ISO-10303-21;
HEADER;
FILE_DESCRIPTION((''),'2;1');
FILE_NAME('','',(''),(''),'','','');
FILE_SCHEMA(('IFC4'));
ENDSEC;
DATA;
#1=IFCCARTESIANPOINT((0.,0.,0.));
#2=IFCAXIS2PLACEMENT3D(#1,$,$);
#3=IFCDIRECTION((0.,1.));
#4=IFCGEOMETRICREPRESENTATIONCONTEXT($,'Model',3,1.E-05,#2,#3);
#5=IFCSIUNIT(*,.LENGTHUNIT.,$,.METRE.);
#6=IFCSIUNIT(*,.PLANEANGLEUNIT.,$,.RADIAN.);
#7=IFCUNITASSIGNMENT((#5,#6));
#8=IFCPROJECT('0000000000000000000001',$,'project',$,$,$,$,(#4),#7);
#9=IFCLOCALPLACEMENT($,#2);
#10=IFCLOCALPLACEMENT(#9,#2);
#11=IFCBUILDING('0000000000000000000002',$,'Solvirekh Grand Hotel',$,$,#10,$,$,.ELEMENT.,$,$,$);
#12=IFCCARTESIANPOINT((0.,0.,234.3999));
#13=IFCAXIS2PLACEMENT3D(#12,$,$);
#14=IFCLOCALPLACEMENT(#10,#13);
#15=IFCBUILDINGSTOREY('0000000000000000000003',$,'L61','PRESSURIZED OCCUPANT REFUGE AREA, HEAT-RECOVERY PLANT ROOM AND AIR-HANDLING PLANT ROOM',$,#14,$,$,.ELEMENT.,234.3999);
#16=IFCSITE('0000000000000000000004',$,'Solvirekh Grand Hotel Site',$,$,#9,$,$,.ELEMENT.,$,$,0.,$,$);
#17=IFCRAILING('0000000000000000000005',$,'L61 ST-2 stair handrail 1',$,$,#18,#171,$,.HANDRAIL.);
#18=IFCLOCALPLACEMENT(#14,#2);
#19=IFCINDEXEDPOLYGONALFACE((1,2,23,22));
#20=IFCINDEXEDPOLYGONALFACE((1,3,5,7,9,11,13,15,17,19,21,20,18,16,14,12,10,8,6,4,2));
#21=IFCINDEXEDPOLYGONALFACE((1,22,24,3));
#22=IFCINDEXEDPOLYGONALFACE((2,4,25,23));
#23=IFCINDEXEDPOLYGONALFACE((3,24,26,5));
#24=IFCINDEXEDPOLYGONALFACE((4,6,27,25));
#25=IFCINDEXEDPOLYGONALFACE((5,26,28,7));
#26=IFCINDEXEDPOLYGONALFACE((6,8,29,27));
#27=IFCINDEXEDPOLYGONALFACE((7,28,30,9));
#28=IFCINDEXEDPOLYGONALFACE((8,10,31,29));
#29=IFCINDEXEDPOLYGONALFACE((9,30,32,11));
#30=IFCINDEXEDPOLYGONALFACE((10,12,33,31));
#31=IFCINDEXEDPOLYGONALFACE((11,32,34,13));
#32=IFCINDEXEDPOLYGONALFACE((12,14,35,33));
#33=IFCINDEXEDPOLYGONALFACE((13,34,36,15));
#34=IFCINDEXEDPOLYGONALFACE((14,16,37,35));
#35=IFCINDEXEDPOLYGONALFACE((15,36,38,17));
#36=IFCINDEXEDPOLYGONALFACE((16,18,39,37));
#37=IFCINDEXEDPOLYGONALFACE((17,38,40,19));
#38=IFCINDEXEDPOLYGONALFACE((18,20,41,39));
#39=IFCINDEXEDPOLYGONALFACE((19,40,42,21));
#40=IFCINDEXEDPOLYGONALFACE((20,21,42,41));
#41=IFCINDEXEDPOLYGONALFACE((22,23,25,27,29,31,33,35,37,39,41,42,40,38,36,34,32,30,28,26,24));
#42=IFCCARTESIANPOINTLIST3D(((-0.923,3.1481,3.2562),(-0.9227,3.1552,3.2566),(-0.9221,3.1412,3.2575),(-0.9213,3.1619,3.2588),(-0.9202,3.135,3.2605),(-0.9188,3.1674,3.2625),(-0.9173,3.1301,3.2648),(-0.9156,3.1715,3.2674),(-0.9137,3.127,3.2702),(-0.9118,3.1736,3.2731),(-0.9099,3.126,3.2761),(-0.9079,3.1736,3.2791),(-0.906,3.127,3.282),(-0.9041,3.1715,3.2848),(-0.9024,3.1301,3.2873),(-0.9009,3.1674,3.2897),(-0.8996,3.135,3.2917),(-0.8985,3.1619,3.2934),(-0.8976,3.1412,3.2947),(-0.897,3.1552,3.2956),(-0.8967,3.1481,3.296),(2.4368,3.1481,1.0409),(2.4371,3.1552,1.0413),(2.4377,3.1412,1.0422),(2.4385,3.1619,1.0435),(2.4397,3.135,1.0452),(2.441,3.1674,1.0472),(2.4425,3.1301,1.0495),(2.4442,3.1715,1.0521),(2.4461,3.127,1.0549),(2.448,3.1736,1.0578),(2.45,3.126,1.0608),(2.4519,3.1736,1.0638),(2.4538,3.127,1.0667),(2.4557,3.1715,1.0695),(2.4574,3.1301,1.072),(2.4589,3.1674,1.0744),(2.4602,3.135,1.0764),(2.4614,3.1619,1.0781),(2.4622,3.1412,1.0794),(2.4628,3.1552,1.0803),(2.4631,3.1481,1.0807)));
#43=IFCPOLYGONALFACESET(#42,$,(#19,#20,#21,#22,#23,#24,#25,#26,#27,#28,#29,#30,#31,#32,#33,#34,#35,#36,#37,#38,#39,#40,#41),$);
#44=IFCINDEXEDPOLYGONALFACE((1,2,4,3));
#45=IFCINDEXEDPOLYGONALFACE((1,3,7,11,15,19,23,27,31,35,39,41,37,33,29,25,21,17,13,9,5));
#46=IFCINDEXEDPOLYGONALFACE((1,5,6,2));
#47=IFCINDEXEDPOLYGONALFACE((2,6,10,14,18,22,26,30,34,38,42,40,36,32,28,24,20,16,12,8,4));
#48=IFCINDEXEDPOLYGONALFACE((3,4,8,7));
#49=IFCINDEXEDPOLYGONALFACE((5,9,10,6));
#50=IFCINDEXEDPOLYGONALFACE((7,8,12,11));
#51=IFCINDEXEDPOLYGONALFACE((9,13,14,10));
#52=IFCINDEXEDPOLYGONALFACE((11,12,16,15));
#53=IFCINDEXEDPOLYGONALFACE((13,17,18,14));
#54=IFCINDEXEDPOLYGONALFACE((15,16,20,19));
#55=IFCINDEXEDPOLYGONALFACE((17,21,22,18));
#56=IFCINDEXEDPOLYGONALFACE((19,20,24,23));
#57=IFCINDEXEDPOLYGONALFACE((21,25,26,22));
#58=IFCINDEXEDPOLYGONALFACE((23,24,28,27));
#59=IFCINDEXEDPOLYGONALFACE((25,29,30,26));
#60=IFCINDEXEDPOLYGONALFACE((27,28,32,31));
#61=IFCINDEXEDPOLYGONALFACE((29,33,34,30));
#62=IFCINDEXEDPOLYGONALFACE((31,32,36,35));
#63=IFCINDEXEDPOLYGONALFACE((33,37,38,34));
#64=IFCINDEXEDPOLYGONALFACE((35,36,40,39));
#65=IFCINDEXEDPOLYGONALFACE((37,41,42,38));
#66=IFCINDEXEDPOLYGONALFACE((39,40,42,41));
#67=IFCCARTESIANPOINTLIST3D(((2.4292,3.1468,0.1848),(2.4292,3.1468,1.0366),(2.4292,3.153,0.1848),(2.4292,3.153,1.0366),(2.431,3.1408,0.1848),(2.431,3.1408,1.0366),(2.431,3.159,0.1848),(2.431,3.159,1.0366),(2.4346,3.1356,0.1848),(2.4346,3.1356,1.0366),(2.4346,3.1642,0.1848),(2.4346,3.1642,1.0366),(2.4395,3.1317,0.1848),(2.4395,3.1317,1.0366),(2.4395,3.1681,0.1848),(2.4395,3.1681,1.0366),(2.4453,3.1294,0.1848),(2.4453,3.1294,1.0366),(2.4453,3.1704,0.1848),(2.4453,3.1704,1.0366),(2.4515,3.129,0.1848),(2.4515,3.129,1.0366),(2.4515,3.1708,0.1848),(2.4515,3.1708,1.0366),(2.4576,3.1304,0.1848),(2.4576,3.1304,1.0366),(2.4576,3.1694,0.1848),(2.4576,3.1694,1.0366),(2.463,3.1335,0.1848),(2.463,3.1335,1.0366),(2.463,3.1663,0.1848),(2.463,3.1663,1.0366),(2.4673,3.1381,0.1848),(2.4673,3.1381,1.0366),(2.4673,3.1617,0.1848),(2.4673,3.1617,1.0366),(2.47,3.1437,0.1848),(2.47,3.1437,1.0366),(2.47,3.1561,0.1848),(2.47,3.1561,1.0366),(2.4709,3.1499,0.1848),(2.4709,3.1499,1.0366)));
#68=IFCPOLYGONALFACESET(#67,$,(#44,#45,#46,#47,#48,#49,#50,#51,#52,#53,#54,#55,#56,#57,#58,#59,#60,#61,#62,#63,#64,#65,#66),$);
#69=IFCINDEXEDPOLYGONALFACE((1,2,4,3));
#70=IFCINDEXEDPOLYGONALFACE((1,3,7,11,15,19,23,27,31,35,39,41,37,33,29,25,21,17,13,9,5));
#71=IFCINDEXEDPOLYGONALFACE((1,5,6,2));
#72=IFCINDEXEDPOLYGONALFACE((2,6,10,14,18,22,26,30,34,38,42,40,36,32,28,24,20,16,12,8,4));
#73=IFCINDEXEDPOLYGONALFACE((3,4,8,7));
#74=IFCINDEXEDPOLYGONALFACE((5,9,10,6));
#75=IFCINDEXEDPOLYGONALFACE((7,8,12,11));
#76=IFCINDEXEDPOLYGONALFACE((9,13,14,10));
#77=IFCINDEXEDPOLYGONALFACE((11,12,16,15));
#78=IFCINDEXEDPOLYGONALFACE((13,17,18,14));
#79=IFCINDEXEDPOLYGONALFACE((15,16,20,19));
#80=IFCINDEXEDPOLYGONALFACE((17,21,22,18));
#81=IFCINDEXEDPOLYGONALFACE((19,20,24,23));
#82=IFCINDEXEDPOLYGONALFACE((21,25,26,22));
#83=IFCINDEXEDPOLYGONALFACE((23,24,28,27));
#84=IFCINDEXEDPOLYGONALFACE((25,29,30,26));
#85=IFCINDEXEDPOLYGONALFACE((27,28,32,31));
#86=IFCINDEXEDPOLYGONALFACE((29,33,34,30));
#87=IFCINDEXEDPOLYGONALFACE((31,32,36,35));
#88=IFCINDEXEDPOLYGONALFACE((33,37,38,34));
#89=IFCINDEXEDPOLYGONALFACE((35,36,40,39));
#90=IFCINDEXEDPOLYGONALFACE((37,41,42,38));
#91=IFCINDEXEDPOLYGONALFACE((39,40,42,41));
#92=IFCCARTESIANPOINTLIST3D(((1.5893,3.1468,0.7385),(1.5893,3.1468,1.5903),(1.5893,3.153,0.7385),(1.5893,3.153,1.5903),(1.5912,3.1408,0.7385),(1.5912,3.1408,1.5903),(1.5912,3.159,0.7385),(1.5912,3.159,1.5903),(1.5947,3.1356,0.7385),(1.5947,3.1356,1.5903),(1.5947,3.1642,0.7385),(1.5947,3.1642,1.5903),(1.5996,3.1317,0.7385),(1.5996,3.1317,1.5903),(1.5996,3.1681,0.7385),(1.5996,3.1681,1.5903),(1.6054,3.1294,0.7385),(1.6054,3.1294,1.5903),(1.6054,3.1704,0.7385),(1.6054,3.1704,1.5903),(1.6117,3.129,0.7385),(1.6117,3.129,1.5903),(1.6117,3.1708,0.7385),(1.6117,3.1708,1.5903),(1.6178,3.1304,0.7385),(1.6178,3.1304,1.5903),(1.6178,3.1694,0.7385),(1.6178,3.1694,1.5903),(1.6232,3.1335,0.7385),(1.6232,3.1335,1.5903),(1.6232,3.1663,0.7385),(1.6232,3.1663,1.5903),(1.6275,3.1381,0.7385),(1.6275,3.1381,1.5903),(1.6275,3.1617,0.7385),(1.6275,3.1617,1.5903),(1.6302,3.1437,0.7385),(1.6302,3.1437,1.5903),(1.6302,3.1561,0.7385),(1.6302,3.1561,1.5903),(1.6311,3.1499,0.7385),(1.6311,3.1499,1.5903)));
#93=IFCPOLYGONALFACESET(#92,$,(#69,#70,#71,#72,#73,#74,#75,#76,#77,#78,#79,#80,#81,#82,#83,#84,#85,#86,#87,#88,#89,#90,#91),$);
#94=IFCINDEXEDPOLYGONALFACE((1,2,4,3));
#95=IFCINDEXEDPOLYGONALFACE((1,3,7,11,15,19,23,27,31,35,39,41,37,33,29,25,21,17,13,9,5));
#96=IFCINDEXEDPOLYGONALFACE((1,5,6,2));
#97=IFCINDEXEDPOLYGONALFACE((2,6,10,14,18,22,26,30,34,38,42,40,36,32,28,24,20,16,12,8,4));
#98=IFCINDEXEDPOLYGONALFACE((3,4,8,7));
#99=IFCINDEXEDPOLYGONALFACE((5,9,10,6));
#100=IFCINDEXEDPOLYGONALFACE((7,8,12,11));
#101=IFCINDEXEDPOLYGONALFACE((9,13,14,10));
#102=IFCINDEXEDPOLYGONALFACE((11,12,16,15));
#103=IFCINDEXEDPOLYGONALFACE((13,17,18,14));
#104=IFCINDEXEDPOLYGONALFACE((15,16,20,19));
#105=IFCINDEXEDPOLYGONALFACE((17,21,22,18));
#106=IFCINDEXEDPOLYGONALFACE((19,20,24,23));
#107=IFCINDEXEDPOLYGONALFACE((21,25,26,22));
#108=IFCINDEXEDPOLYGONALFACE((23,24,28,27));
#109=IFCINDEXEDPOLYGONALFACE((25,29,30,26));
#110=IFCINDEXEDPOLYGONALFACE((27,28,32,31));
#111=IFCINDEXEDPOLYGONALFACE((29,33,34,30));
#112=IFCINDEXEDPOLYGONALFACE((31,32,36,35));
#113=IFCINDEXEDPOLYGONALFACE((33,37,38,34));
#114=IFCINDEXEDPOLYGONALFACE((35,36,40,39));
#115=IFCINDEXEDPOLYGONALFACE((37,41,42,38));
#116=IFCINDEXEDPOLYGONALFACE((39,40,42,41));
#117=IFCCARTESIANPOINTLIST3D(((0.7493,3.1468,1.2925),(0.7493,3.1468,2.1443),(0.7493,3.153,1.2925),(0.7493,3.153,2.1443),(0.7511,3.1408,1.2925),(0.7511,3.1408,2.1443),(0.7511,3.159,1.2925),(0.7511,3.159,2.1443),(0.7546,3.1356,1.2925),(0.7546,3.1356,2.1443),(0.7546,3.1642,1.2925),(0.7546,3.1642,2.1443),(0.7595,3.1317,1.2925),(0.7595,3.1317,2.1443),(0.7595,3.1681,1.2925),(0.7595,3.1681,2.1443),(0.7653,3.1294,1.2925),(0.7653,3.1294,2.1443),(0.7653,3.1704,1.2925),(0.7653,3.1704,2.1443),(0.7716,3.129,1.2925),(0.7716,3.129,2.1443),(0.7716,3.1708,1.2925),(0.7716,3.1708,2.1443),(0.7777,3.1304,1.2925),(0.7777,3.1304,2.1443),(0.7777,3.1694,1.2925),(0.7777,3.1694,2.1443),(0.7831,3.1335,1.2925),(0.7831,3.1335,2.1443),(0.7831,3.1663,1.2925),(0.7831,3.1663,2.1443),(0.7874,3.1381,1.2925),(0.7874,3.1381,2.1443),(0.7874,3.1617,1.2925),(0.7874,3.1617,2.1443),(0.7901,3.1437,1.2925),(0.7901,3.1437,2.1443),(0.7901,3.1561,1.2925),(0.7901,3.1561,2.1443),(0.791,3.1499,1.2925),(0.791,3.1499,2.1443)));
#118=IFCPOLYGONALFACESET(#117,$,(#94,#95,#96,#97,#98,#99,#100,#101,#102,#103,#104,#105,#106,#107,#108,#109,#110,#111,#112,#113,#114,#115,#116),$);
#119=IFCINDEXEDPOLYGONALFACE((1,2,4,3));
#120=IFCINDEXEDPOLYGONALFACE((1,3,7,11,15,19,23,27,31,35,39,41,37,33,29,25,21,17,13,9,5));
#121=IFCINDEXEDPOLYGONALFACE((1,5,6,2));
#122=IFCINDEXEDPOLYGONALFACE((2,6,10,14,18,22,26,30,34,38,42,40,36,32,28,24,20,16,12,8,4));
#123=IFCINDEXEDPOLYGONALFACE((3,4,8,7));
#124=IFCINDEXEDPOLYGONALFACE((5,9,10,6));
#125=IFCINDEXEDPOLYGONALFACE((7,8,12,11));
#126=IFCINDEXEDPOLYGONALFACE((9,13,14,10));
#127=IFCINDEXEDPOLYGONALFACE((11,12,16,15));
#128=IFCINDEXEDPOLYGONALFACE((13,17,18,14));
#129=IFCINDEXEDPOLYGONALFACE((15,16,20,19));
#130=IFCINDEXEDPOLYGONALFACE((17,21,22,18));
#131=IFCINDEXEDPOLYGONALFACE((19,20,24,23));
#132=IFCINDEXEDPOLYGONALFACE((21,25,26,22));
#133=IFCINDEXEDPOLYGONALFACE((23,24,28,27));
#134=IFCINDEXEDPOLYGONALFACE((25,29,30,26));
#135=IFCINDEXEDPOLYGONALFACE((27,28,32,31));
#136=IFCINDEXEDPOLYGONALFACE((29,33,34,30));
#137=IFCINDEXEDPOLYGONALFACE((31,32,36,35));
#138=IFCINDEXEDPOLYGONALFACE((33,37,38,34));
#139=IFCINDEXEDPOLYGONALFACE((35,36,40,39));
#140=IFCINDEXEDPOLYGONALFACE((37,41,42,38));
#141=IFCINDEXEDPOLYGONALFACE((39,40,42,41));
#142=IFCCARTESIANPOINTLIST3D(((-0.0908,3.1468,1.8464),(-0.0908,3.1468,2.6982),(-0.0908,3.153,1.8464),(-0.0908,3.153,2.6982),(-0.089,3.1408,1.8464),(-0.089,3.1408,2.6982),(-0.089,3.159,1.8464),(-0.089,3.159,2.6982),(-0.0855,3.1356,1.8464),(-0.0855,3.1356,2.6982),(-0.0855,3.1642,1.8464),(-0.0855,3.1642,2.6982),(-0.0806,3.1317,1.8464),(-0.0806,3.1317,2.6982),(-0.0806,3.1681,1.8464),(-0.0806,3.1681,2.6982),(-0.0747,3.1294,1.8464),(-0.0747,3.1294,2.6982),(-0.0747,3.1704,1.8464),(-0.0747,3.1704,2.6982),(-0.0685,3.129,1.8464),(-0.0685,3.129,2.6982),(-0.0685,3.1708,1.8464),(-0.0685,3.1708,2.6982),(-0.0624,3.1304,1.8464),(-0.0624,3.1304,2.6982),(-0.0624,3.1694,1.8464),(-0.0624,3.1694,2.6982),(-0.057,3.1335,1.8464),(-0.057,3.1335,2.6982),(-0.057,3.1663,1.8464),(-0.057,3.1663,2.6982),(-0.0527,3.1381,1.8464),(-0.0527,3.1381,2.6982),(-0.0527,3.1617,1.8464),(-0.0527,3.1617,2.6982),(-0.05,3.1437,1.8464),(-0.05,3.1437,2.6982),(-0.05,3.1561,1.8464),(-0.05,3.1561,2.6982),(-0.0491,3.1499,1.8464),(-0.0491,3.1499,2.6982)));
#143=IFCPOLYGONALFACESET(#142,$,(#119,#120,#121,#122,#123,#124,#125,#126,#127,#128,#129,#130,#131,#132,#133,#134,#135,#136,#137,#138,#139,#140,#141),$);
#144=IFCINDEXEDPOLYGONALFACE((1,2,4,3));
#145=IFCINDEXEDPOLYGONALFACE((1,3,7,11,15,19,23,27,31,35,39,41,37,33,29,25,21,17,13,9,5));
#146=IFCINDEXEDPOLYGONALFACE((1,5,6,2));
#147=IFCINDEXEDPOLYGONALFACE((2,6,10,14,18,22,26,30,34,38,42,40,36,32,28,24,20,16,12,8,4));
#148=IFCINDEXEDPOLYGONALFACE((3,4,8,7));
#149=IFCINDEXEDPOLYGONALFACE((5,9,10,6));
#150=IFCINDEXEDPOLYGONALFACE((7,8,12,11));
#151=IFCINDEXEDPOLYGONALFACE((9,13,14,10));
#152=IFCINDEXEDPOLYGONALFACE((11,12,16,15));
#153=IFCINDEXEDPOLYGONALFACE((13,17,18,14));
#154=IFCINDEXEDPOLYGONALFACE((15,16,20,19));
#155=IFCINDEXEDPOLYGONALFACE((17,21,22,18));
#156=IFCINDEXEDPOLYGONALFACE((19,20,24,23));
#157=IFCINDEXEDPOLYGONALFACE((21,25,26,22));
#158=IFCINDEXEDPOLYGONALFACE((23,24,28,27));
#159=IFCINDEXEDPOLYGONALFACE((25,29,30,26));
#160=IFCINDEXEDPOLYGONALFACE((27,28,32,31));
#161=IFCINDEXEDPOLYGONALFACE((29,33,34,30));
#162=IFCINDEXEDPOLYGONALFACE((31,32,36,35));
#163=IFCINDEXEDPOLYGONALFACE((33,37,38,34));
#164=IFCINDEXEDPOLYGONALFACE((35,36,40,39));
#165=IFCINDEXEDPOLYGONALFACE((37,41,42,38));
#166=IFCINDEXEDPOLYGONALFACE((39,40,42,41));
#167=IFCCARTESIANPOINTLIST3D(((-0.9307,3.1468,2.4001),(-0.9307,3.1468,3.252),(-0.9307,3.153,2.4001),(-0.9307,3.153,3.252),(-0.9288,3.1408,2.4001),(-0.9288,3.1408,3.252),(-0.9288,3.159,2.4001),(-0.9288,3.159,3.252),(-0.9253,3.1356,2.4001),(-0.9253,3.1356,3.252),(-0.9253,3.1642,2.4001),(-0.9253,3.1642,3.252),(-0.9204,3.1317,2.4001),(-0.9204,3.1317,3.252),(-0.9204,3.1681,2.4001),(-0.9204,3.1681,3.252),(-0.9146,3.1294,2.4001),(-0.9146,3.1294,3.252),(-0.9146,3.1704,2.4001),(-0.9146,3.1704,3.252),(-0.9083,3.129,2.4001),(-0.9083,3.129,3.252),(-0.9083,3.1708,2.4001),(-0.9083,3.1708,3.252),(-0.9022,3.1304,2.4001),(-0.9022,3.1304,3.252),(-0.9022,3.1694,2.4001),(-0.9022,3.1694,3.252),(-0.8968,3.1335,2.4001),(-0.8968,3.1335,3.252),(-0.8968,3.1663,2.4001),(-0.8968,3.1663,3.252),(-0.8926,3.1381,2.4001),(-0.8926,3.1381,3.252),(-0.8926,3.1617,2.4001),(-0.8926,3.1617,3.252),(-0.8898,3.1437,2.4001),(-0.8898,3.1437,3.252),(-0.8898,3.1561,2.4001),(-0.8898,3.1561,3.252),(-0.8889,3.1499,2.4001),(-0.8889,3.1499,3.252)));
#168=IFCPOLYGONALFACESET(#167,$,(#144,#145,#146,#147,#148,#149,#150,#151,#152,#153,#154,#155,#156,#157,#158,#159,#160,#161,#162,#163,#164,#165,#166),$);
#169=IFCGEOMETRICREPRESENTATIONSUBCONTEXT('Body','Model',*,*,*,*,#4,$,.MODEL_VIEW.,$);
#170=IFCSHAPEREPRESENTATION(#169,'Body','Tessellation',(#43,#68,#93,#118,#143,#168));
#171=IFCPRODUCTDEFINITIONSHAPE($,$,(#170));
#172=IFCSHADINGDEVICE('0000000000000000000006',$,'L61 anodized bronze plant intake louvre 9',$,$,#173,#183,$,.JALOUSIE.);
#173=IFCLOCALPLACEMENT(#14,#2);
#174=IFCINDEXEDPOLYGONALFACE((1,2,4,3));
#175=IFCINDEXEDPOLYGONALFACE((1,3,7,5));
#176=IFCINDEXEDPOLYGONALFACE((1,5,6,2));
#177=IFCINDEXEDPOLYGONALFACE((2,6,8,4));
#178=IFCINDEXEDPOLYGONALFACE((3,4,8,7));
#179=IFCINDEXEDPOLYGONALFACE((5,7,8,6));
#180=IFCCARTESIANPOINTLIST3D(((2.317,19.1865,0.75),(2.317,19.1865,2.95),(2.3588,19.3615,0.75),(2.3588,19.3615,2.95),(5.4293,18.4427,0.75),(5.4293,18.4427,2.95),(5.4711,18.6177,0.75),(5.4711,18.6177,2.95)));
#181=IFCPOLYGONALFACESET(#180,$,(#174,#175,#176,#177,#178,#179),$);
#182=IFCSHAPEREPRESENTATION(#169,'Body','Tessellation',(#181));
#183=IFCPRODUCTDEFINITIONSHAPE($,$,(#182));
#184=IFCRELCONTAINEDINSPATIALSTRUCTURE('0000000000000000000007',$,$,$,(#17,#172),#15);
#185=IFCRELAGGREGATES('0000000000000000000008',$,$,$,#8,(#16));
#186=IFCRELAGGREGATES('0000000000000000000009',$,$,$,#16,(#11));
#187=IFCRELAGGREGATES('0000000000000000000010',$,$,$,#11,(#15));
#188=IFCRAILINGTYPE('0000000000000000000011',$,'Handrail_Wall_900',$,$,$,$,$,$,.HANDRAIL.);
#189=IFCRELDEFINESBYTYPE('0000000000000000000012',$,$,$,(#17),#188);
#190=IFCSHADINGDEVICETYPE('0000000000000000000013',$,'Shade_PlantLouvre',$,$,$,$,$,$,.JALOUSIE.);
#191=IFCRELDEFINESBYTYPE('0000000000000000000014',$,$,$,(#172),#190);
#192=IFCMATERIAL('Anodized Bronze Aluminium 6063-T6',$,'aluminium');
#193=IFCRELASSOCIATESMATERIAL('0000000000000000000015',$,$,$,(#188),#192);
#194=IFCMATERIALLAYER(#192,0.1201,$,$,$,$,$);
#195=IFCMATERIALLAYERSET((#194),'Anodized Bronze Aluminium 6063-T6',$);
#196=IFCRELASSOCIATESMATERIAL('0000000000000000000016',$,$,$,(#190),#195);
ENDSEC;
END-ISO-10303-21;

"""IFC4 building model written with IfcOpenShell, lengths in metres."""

from ifc_helpers import new_model, si_unit, direction, frame, origin, origin_2d, place, context, subcontext, project, spatial, rectangle, circle, extrude, material, layer, layer_set, type_object, element, save


model = new_model("IFC4")

# Units and contexts
model_context = context("Model", 3, precision=1e-05, world=origin(), true_north=direction((0.0, 1.0)))
body_context = subcontext(model_context, "Body", "Model", "MODEL_VIEW")
ifc_project = project(units=[si_unit("LENGTHUNIT", "METRE"), si_unit("PLANEANGLEUNIT", "RADIAN")], contexts=[model_context])

# Site, building, storey
site_placement = place(None, origin())
site = spatial("IfcSite", under=ifc_project, at=site_placement, Name="Solvirekh Grand Hotel Site", CompositionType="ELEMENT", RefElevation=0.0)
building_placement = place(site_placement, origin())
building = spatial("IfcBuilding", under=site, at=building_placement, Name="Solvirekh Grand Hotel", CompositionType="ELEMENT")
storey_placement = place(building_placement, frame((0.0, 0.0, 234.3999)))
storey = spatial("IfcBuildingStorey", under=building, at=storey_placement, Name="L61", Description="PRESSURIZED OCCUPANT REFUGE AREA, HEAT-RECOVERY PLANT ROOM AND AIR-HANDLING PLANT ROOM", CompositionType="ELEMENT", Elevation=234.3999)

# Shared definitions
ifc_material_1 = material(Name="Anodized Bronze Aluminium 6063-T6", Category="aluminium")

# Railing
railing_type_1 = type_object("IfcRailingType", Name="Handrail_Wall_900", PredefinedType="HANDRAIL", material=ifc_material_1)
railing_1_placement = place(storey_placement, frame((2.45, 3.1499, 0.1848)))
element("IfcRailing", 1, at=railing_1_placement, inside=storey, type_object=railing_type_1, Name="L61 ST-2 stair handrail 1", PredefinedType="HANDRAIL", context=body_context, shape_type="SweptSolid", body=[
    extrude(circle(Radius=0.0239, at=origin_2d()), frame((0.0, 0.0, 0.876), z_axis=(-0.834858, 0.0, 0.550465), x_axis=(0.0, -1.0, 0.0)), (0.0, 0.0, 1.0), 4.0244),
    extrude(circle(Radius=0.021, at=origin_2d()), origin(), (0.0, 0.0, 1.0), 0.8518),
    extrude(circle(Radius=0.021, at=origin_2d()), frame((-0.8398, 0.0, 0.5537)), (0.0, 0.0, 1.0), 0.8518),
    extrude(circle(Radius=0.021, at=origin_2d()), frame((-1.6799, 0.0, 1.1077)), (0.0, 0.0, 1.0), 0.8518),
    extrude(circle(Radius=0.021, at=origin_2d()), frame((-2.52, 0.0, 1.6616)), (0.0, 0.0, 1.0), 0.8518),
    extrude(circle(Radius=0.021, at=origin_2d()), frame((-3.3599, 0.0, 2.2153)), (0.0, 0.0, 1.0), 0.8518),
])

# Shading device
ifc_layer_1 = layer(ifc_material_1, 0.1201)
ifc_layer_set_1 = layer_set([ifc_layer_1], Name="Anodized Bronze Aluminium 6063-T6")
shading_device_type = type_object("IfcShadingDeviceType", Name="Shade_PlantLouvre", PredefinedType="JALOUSIE", material=ifc_layer_set_1)
shading_device_placement = place(storey_placement, frame((3.894, 18.9021, 0.75), z_axis=(0.0, 0.0, 1.0), x_axis=(0.972614, -0.232427, 0.0)))
element("IfcShadingDevice", 2, at=shading_device_placement, inside=storey, type_object=shading_device_type, Name="L61 anodized bronze plant intake louvre 9", PredefinedType="JALOUSIE", context=body_context, shape_type="SweptSolid", body=[
    extrude(rectangle(XDim=3.2, YDim=0.1799, at=origin_2d()), origin(), (0.0, 0.0, 1.0), 2.2),
])

save(model, "model.ifc")
